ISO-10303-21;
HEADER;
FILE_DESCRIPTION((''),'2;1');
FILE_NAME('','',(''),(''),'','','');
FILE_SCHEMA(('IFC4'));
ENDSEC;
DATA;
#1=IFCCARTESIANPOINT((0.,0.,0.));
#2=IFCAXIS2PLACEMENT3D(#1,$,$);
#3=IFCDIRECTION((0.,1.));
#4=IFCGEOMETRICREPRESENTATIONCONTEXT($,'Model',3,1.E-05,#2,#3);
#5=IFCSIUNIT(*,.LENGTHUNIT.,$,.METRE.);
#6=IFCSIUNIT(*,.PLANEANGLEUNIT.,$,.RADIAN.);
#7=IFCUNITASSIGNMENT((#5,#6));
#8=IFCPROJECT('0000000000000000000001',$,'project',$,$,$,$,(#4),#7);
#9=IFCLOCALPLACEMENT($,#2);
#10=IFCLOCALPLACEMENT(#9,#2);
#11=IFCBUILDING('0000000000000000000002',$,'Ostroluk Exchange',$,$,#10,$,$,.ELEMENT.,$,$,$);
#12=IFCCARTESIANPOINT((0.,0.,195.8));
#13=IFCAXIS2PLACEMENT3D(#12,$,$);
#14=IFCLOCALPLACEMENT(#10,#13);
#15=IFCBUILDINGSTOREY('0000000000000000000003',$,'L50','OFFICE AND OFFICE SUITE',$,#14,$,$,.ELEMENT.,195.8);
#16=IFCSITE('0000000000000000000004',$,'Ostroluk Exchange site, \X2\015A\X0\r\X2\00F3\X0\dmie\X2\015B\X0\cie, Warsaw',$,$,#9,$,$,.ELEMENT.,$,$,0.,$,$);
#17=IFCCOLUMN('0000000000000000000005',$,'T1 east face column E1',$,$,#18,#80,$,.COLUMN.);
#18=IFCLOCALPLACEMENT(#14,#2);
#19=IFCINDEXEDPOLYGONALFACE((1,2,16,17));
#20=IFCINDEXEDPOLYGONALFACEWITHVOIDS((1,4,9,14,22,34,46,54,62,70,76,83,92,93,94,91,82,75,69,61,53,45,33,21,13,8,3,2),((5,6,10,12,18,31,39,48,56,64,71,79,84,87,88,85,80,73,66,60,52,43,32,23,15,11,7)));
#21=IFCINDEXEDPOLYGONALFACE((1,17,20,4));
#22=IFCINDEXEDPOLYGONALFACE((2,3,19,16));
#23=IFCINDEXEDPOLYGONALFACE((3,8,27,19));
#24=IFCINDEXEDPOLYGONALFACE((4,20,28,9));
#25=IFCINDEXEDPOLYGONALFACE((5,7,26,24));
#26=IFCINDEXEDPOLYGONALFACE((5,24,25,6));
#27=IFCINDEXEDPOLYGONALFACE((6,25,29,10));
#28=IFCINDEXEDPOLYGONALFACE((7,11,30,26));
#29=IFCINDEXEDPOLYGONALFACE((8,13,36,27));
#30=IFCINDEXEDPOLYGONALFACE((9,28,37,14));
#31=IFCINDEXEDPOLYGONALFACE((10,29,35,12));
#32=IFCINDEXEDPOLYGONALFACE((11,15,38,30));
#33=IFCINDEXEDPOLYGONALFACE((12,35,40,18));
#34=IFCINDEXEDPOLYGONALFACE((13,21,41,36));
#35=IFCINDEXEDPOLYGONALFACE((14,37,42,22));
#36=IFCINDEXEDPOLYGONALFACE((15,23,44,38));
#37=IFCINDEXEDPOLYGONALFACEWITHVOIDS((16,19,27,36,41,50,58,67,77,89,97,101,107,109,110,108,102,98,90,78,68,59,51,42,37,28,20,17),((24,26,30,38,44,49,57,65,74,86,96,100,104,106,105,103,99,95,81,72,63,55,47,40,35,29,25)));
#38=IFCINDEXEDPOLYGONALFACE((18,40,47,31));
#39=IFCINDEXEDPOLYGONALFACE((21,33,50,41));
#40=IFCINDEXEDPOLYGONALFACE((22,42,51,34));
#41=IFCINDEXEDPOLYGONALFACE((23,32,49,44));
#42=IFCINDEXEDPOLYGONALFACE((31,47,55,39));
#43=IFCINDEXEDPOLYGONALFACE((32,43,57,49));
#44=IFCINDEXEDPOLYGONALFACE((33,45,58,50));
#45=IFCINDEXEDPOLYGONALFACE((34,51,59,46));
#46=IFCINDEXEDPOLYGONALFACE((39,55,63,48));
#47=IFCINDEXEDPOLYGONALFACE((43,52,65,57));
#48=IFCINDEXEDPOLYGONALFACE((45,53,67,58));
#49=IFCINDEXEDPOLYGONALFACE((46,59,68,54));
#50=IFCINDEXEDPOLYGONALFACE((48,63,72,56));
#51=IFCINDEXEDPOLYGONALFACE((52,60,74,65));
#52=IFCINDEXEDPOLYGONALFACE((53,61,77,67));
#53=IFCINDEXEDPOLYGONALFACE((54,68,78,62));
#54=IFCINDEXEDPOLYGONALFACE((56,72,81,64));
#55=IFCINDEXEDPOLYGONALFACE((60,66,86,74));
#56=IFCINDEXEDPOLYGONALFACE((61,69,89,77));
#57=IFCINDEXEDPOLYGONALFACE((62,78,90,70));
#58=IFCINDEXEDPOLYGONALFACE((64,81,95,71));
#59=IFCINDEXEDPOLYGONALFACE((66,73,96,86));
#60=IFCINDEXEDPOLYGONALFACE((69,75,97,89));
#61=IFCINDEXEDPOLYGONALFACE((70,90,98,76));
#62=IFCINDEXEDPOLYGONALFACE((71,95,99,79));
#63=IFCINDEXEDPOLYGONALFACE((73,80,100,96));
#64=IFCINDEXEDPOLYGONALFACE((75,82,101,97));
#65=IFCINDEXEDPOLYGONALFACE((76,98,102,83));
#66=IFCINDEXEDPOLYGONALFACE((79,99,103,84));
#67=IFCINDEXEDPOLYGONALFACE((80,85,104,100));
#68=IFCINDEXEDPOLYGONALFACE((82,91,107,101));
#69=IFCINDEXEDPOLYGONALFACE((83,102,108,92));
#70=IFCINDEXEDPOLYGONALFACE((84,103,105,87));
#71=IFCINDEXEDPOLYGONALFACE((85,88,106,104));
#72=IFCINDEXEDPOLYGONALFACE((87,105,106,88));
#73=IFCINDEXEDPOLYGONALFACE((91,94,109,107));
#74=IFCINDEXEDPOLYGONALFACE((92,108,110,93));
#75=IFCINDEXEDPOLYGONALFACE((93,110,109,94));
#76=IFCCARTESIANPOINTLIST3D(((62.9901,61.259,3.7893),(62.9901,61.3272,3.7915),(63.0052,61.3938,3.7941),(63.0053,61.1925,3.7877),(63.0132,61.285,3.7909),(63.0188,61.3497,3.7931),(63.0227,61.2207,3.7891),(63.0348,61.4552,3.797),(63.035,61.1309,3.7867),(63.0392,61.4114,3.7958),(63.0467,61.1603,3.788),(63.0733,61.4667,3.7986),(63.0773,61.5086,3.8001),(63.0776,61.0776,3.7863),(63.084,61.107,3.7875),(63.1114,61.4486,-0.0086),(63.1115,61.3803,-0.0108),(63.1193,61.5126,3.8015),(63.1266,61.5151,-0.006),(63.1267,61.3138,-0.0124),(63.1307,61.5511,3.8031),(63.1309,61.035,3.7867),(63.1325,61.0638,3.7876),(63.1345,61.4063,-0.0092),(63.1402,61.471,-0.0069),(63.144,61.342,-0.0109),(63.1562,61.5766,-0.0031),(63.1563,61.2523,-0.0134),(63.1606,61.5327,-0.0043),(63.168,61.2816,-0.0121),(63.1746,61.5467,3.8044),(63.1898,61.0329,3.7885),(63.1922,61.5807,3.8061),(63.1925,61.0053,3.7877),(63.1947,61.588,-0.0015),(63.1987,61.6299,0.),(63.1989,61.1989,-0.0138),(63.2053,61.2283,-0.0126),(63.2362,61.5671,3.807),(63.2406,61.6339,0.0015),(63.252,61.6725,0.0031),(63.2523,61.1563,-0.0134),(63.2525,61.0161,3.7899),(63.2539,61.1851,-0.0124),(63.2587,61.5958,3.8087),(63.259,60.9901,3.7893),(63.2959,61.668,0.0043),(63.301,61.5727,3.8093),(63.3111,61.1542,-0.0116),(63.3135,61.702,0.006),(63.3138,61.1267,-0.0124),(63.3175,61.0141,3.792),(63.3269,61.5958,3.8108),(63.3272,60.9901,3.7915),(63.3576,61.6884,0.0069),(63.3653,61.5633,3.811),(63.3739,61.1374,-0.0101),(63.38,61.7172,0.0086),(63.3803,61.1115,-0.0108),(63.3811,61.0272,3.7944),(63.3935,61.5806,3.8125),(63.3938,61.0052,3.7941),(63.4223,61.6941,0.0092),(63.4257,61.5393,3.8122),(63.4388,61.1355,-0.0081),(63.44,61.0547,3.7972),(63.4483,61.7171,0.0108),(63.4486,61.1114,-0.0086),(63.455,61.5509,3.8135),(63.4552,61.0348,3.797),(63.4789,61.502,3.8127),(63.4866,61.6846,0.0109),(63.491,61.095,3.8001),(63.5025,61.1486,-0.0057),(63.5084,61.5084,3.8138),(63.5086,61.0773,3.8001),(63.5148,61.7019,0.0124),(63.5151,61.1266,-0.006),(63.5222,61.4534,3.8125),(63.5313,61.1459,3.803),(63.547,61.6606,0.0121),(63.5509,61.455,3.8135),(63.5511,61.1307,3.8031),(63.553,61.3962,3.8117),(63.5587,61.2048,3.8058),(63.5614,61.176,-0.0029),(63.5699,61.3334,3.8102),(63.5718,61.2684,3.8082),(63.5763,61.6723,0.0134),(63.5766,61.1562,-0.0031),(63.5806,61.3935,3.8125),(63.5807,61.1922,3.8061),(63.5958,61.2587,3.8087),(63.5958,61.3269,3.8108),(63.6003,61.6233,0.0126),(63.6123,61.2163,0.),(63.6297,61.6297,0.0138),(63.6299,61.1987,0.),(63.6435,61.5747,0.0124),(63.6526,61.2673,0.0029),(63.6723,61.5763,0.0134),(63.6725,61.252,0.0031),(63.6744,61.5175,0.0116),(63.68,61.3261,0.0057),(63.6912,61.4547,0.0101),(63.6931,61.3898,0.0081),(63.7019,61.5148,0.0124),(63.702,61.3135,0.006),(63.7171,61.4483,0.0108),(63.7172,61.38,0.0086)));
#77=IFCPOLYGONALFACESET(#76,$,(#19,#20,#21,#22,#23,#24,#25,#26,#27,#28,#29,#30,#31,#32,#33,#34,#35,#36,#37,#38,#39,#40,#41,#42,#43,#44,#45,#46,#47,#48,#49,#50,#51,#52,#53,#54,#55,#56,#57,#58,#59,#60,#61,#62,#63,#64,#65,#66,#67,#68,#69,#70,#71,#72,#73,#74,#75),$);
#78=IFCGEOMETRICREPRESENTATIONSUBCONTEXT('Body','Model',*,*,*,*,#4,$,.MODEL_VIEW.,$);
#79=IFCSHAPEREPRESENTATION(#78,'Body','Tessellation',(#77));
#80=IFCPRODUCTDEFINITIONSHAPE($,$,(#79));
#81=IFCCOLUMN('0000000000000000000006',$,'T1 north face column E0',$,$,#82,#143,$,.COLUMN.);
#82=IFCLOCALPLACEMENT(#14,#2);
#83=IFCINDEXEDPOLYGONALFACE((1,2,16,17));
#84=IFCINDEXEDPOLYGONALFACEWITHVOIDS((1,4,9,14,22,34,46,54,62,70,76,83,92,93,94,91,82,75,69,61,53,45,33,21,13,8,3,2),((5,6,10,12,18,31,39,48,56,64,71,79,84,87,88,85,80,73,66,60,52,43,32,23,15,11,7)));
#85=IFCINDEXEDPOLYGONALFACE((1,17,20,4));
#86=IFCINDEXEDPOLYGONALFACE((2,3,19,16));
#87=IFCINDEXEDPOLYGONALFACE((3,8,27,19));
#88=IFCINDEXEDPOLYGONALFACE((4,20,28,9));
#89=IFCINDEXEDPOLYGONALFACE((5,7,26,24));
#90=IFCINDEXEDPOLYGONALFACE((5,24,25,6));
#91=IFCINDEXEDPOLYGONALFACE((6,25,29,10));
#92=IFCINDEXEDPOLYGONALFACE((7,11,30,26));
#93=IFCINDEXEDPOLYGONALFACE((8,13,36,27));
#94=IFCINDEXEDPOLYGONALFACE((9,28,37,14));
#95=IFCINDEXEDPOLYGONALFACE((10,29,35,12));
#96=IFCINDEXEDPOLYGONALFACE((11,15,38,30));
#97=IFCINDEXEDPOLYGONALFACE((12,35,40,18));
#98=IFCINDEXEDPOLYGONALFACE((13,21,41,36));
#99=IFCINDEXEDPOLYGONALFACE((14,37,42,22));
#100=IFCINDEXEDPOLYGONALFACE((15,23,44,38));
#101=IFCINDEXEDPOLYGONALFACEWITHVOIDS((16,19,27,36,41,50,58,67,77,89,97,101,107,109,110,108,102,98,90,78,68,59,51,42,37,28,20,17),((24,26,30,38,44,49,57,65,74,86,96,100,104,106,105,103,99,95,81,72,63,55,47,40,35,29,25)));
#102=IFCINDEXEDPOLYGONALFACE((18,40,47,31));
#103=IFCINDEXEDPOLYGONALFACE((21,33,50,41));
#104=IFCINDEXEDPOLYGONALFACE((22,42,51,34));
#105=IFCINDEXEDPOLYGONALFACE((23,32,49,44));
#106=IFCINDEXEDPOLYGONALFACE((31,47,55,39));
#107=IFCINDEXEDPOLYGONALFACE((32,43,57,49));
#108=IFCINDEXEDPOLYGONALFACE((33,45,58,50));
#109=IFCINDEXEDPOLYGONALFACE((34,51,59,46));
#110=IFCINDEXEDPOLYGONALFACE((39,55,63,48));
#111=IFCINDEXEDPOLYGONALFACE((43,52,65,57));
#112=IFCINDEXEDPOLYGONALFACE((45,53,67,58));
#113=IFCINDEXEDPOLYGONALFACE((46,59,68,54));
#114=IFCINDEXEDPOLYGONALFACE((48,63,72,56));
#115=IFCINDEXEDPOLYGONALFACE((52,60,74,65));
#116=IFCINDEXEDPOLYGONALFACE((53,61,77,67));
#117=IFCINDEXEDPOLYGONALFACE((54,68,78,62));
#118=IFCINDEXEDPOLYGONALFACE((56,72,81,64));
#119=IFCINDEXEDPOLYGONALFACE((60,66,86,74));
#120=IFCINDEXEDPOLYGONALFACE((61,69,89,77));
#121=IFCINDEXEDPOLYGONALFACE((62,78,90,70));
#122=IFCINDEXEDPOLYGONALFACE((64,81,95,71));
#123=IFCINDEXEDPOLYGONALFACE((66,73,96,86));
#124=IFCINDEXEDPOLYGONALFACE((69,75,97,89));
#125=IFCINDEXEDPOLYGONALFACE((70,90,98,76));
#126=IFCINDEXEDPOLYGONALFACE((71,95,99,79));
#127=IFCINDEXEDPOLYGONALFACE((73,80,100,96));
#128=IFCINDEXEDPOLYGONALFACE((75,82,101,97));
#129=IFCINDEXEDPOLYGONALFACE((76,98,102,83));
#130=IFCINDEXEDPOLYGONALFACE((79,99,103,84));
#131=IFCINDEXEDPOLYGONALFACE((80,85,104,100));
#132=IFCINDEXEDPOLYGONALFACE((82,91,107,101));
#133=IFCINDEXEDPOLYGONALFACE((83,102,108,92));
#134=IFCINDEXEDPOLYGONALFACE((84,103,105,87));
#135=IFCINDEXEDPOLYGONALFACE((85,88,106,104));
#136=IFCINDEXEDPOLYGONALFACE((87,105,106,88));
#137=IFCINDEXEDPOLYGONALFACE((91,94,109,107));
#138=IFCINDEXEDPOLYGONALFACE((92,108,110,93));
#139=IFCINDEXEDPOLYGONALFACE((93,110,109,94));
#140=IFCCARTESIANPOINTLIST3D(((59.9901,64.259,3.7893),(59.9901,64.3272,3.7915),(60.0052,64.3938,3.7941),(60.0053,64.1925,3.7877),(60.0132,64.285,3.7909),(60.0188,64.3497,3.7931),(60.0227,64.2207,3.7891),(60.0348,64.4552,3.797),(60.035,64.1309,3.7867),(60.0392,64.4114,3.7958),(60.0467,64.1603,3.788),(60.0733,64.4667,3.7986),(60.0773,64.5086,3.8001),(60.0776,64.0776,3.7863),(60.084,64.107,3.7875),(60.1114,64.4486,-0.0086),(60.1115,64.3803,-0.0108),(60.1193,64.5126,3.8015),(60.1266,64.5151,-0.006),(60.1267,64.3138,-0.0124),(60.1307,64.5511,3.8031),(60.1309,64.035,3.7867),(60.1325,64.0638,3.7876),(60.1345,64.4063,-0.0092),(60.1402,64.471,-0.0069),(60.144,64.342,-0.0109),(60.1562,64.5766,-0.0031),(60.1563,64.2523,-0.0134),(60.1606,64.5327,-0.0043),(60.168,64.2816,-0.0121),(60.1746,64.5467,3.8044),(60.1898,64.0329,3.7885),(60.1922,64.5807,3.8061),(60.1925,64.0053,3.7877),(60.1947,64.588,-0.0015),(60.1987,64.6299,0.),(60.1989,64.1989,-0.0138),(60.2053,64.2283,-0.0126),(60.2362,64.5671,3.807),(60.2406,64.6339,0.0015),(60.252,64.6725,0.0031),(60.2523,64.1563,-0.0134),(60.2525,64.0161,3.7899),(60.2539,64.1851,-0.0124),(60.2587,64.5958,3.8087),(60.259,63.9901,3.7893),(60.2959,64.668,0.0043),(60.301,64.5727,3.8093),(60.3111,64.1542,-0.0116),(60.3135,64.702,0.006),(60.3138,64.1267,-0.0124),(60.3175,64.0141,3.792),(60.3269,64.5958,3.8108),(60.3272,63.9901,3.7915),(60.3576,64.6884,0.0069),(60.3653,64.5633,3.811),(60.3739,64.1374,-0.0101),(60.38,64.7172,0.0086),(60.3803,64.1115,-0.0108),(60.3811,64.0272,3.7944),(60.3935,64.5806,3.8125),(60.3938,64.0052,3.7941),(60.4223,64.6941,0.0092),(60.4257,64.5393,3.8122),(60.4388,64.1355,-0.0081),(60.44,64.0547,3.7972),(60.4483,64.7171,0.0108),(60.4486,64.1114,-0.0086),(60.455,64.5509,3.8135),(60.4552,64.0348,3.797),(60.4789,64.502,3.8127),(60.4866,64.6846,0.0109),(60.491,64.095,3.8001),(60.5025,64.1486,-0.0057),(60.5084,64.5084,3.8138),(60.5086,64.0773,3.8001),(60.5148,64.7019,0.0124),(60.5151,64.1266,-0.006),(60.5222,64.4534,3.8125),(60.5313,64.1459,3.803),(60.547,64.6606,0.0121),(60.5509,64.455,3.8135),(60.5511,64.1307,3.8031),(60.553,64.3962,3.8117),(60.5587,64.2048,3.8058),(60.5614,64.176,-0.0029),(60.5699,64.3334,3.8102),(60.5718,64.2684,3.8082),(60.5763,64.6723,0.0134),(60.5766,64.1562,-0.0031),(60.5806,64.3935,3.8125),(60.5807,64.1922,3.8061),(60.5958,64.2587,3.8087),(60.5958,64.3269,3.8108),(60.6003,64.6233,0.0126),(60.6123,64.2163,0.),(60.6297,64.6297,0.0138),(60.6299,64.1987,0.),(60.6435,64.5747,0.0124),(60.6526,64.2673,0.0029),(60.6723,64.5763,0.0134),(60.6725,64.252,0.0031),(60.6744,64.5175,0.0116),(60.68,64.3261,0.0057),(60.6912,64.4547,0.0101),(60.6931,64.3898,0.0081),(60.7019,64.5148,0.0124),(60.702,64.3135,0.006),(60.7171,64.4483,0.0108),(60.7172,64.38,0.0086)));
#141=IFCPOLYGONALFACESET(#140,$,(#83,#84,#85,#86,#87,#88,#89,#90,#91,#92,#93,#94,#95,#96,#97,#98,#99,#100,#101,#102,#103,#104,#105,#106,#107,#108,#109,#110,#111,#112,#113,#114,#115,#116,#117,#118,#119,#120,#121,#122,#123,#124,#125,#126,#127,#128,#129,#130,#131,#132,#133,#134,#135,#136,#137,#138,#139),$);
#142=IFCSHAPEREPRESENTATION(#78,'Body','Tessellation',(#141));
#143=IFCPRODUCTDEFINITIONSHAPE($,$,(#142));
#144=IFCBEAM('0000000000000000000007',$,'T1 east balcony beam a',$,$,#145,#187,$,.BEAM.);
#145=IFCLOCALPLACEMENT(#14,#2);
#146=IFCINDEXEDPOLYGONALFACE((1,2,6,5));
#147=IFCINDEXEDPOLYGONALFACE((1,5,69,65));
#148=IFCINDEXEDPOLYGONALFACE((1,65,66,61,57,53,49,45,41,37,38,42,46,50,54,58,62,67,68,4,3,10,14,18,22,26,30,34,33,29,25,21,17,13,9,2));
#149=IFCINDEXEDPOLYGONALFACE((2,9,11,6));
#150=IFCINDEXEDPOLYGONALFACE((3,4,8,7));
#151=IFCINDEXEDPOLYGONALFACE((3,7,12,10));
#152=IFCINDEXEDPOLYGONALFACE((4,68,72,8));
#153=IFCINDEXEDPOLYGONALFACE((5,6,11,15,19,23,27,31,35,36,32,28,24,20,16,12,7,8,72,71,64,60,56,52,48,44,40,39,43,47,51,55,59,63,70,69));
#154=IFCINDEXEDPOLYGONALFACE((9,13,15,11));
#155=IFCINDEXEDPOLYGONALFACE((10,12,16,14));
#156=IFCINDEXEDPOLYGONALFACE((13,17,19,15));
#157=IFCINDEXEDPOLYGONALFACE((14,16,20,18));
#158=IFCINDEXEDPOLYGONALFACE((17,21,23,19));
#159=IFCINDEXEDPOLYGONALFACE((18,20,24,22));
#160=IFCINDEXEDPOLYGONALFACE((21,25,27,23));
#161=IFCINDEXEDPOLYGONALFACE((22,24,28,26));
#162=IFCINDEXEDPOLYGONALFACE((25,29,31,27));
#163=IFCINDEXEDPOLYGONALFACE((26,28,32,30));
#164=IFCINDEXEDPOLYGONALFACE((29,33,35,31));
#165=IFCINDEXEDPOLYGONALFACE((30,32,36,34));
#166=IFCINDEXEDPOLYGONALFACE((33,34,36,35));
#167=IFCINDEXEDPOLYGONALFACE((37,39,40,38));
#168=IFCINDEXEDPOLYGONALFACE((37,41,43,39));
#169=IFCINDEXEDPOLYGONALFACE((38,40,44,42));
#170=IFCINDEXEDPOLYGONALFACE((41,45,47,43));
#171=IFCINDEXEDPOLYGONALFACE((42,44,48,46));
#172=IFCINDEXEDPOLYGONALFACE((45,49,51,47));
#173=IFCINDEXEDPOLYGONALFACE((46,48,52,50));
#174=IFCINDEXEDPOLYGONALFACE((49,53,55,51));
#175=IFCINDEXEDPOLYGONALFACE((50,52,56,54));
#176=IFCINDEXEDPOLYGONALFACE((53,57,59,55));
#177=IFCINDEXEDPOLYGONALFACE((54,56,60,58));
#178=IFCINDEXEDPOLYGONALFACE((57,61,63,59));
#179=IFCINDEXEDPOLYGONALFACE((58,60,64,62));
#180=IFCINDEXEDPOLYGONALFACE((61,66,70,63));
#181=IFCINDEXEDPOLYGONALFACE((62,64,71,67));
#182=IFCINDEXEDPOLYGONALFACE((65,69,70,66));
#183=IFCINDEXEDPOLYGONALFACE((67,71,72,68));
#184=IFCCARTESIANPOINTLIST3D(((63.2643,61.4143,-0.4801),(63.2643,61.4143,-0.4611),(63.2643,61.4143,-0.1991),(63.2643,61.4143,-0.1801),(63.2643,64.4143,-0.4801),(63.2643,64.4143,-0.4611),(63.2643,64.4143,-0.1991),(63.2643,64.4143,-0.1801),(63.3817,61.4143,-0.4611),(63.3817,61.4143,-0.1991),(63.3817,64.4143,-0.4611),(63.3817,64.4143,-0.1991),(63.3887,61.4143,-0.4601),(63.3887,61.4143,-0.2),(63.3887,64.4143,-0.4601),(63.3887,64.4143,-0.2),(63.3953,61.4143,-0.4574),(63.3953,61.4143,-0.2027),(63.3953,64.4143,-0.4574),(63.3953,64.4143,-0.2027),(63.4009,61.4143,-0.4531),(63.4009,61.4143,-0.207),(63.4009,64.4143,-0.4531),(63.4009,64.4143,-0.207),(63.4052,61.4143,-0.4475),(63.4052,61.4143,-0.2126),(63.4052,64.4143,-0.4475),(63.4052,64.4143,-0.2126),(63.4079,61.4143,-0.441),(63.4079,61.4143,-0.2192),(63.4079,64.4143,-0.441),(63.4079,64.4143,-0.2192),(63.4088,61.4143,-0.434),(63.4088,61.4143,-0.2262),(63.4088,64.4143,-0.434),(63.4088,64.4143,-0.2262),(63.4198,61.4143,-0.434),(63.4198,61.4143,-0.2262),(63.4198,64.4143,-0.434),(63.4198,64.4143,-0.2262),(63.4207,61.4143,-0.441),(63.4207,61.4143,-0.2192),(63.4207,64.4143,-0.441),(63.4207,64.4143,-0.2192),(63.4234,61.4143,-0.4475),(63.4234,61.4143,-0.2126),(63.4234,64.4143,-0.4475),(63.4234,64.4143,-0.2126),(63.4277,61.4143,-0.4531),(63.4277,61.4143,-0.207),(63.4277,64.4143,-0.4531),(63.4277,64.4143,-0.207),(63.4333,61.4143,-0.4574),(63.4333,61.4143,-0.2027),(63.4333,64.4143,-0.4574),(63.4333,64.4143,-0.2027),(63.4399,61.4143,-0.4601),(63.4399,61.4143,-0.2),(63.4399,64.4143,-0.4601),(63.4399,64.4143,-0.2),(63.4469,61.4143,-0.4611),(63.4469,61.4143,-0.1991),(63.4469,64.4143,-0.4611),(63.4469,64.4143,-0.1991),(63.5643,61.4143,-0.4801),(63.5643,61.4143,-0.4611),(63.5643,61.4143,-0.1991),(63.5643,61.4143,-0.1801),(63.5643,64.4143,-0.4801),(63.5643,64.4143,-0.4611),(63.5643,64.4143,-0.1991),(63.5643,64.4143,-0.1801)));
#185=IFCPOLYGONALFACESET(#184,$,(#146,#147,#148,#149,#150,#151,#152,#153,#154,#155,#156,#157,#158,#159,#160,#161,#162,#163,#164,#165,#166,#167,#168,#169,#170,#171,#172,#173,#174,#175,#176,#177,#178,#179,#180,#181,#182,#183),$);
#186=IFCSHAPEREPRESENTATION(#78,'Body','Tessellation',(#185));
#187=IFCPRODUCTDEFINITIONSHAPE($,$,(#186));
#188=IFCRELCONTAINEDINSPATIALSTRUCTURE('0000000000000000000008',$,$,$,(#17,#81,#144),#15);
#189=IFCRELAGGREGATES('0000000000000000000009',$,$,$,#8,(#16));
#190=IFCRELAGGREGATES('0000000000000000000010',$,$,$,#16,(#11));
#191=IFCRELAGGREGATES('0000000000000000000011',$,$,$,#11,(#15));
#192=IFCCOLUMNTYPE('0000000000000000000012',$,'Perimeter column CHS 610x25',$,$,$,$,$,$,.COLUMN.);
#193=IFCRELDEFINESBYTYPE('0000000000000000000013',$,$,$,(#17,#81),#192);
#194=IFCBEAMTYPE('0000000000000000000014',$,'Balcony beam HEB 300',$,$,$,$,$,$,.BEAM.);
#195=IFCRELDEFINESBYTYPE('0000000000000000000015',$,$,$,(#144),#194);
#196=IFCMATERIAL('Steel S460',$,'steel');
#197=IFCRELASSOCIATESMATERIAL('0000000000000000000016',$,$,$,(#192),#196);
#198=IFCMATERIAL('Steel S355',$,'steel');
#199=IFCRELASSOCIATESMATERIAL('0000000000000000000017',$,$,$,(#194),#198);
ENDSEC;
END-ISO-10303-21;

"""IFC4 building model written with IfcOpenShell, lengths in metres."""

from ifc_helpers import new_model, si_unit, direction, frame, origin, origin_2d, place, context, subcontext, project, spatial, hollow_circle, i_section, extrude, material, material_profile, profile_set, type_object, element, save


model = new_model("IFC4")

# Units and contexts
model_context = context("Model", 3, precision=1e-05, world=origin(), true_north=direction((0.0, 1.0)))
body_context = subcontext(model_context, "Body", "Model", "MODEL_VIEW")
ifc_project = project(units=[si_unit("LENGTHUNIT", "METRE"), si_unit("PLANEANGLEUNIT", "RADIAN")], contexts=[model_context])

# Site, building, storey
site_placement = place(None, origin())
site = spatial("IfcSite", under=ifc_project, at=site_placement, Name="Ostroluk Exchange site, Śródmieście, Warsaw", CompositionType="ELEMENT", RefElevation=0.0)
building_placement = place(site_placement, origin())
building = spatial("IfcBuilding", under=site, at=building_placement, Name="Ostroluk Exchange", CompositionType="ELEMENT")
storey_placement = place(building_placement, frame((0.0, 0.0, 195.8)))
storey = spatial("IfcBuildingStorey", under=building, at=storey_placement, Name="L50", Description="OFFICE AND OFFICE SUITE", CompositionType="ELEMENT", Elevation=195.8)

# Columns
ifc_material_1 = material(Name="Steel S460", Category="steel")
ifc_material_profile_1 = material_profile(ifc_material_1, hollow_circle(Radius=0.3049, WallThickness=0.0249, at=origin_2d()), Name="CHS 610x25")
ifc_profile_set_1 = profile_set([ifc_material_profile_1], Name="Steel S460")
column_type = type_object("IfcColumnType", Name="Perimeter column CHS 610x25", PredefinedType="COLUMN", material=ifc_profile_set_1)
for number, where, z_axis, x_axis, name in (
    (1, (63.4143, 61.4143, 0.0), (-0.031898, -0.031898, 0.998982), (0.707107, -0.707107, 0.0), "T1 east face column E1"),
    (2, (60.4143, 64.4143, 0.0), (-0.031898, -0.031898, 0.998982), (0.707107, -0.707107, 0.0), "T1 north face column E0"),
):
    element("IfcColumn", number, at=place(storey_placement, frame(where, z_axis=z_axis, x_axis=x_axis)), inside=storey, type_object=column_type, Name=name, PredefinedType="COLUMN", context=body_context, shape_type="SweptSolid", body=[
        extrude(hollow_circle(Radius=0.3049, WallThickness=0.0249, at=origin_2d()), origin(), (0.0, 0.0, 1.0), 3.804),
    ])

# Beam
ifc_material_2 = material(Name="Steel S355", Category="steel")
ifc_material_profile_2 = material_profile(ifc_material_2, i_section(OverallWidth=0.3, OverallDepth=0.3, WebThickness=0.011, FlangeThickness=0.019, FilletRadius=0.0271, at=origin_2d()), Name="HEB 300")
ifc_profile_set_2 = profile_set([ifc_material_profile_2], Name="Steel S355")
beam_type_1 = type_object("IfcBeamType", Name="Balcony beam HEB 300", PredefinedType="BEAM", material=ifc_profile_set_2)
for number, where, z_axis, x_axis, name in (
    (3, (63.4143, 61.4143, -0.3301), (0.0, 1.0, 0.0), (-1.0, 0.0, 0.0), "T1 east balcony beam a"),
):
    element("IfcBeam", number, at=place(storey_placement, frame(where, z_axis=z_axis, x_axis=x_axis)), inside=storey, type_object=beam_type_1, Name=name, PredefinedType="BEAM", context=body_context, shape_type="SweptSolid", body=[
        extrude(i_section(OverallWidth=0.3, OverallDepth=0.3, WebThickness=0.011, FlangeThickness=0.019, FilletRadius=0.0271, at=origin_2d()), origin(), (0.0, 0.0, 1.0), 3.0),
    ])

save(model, "model.ifc")
